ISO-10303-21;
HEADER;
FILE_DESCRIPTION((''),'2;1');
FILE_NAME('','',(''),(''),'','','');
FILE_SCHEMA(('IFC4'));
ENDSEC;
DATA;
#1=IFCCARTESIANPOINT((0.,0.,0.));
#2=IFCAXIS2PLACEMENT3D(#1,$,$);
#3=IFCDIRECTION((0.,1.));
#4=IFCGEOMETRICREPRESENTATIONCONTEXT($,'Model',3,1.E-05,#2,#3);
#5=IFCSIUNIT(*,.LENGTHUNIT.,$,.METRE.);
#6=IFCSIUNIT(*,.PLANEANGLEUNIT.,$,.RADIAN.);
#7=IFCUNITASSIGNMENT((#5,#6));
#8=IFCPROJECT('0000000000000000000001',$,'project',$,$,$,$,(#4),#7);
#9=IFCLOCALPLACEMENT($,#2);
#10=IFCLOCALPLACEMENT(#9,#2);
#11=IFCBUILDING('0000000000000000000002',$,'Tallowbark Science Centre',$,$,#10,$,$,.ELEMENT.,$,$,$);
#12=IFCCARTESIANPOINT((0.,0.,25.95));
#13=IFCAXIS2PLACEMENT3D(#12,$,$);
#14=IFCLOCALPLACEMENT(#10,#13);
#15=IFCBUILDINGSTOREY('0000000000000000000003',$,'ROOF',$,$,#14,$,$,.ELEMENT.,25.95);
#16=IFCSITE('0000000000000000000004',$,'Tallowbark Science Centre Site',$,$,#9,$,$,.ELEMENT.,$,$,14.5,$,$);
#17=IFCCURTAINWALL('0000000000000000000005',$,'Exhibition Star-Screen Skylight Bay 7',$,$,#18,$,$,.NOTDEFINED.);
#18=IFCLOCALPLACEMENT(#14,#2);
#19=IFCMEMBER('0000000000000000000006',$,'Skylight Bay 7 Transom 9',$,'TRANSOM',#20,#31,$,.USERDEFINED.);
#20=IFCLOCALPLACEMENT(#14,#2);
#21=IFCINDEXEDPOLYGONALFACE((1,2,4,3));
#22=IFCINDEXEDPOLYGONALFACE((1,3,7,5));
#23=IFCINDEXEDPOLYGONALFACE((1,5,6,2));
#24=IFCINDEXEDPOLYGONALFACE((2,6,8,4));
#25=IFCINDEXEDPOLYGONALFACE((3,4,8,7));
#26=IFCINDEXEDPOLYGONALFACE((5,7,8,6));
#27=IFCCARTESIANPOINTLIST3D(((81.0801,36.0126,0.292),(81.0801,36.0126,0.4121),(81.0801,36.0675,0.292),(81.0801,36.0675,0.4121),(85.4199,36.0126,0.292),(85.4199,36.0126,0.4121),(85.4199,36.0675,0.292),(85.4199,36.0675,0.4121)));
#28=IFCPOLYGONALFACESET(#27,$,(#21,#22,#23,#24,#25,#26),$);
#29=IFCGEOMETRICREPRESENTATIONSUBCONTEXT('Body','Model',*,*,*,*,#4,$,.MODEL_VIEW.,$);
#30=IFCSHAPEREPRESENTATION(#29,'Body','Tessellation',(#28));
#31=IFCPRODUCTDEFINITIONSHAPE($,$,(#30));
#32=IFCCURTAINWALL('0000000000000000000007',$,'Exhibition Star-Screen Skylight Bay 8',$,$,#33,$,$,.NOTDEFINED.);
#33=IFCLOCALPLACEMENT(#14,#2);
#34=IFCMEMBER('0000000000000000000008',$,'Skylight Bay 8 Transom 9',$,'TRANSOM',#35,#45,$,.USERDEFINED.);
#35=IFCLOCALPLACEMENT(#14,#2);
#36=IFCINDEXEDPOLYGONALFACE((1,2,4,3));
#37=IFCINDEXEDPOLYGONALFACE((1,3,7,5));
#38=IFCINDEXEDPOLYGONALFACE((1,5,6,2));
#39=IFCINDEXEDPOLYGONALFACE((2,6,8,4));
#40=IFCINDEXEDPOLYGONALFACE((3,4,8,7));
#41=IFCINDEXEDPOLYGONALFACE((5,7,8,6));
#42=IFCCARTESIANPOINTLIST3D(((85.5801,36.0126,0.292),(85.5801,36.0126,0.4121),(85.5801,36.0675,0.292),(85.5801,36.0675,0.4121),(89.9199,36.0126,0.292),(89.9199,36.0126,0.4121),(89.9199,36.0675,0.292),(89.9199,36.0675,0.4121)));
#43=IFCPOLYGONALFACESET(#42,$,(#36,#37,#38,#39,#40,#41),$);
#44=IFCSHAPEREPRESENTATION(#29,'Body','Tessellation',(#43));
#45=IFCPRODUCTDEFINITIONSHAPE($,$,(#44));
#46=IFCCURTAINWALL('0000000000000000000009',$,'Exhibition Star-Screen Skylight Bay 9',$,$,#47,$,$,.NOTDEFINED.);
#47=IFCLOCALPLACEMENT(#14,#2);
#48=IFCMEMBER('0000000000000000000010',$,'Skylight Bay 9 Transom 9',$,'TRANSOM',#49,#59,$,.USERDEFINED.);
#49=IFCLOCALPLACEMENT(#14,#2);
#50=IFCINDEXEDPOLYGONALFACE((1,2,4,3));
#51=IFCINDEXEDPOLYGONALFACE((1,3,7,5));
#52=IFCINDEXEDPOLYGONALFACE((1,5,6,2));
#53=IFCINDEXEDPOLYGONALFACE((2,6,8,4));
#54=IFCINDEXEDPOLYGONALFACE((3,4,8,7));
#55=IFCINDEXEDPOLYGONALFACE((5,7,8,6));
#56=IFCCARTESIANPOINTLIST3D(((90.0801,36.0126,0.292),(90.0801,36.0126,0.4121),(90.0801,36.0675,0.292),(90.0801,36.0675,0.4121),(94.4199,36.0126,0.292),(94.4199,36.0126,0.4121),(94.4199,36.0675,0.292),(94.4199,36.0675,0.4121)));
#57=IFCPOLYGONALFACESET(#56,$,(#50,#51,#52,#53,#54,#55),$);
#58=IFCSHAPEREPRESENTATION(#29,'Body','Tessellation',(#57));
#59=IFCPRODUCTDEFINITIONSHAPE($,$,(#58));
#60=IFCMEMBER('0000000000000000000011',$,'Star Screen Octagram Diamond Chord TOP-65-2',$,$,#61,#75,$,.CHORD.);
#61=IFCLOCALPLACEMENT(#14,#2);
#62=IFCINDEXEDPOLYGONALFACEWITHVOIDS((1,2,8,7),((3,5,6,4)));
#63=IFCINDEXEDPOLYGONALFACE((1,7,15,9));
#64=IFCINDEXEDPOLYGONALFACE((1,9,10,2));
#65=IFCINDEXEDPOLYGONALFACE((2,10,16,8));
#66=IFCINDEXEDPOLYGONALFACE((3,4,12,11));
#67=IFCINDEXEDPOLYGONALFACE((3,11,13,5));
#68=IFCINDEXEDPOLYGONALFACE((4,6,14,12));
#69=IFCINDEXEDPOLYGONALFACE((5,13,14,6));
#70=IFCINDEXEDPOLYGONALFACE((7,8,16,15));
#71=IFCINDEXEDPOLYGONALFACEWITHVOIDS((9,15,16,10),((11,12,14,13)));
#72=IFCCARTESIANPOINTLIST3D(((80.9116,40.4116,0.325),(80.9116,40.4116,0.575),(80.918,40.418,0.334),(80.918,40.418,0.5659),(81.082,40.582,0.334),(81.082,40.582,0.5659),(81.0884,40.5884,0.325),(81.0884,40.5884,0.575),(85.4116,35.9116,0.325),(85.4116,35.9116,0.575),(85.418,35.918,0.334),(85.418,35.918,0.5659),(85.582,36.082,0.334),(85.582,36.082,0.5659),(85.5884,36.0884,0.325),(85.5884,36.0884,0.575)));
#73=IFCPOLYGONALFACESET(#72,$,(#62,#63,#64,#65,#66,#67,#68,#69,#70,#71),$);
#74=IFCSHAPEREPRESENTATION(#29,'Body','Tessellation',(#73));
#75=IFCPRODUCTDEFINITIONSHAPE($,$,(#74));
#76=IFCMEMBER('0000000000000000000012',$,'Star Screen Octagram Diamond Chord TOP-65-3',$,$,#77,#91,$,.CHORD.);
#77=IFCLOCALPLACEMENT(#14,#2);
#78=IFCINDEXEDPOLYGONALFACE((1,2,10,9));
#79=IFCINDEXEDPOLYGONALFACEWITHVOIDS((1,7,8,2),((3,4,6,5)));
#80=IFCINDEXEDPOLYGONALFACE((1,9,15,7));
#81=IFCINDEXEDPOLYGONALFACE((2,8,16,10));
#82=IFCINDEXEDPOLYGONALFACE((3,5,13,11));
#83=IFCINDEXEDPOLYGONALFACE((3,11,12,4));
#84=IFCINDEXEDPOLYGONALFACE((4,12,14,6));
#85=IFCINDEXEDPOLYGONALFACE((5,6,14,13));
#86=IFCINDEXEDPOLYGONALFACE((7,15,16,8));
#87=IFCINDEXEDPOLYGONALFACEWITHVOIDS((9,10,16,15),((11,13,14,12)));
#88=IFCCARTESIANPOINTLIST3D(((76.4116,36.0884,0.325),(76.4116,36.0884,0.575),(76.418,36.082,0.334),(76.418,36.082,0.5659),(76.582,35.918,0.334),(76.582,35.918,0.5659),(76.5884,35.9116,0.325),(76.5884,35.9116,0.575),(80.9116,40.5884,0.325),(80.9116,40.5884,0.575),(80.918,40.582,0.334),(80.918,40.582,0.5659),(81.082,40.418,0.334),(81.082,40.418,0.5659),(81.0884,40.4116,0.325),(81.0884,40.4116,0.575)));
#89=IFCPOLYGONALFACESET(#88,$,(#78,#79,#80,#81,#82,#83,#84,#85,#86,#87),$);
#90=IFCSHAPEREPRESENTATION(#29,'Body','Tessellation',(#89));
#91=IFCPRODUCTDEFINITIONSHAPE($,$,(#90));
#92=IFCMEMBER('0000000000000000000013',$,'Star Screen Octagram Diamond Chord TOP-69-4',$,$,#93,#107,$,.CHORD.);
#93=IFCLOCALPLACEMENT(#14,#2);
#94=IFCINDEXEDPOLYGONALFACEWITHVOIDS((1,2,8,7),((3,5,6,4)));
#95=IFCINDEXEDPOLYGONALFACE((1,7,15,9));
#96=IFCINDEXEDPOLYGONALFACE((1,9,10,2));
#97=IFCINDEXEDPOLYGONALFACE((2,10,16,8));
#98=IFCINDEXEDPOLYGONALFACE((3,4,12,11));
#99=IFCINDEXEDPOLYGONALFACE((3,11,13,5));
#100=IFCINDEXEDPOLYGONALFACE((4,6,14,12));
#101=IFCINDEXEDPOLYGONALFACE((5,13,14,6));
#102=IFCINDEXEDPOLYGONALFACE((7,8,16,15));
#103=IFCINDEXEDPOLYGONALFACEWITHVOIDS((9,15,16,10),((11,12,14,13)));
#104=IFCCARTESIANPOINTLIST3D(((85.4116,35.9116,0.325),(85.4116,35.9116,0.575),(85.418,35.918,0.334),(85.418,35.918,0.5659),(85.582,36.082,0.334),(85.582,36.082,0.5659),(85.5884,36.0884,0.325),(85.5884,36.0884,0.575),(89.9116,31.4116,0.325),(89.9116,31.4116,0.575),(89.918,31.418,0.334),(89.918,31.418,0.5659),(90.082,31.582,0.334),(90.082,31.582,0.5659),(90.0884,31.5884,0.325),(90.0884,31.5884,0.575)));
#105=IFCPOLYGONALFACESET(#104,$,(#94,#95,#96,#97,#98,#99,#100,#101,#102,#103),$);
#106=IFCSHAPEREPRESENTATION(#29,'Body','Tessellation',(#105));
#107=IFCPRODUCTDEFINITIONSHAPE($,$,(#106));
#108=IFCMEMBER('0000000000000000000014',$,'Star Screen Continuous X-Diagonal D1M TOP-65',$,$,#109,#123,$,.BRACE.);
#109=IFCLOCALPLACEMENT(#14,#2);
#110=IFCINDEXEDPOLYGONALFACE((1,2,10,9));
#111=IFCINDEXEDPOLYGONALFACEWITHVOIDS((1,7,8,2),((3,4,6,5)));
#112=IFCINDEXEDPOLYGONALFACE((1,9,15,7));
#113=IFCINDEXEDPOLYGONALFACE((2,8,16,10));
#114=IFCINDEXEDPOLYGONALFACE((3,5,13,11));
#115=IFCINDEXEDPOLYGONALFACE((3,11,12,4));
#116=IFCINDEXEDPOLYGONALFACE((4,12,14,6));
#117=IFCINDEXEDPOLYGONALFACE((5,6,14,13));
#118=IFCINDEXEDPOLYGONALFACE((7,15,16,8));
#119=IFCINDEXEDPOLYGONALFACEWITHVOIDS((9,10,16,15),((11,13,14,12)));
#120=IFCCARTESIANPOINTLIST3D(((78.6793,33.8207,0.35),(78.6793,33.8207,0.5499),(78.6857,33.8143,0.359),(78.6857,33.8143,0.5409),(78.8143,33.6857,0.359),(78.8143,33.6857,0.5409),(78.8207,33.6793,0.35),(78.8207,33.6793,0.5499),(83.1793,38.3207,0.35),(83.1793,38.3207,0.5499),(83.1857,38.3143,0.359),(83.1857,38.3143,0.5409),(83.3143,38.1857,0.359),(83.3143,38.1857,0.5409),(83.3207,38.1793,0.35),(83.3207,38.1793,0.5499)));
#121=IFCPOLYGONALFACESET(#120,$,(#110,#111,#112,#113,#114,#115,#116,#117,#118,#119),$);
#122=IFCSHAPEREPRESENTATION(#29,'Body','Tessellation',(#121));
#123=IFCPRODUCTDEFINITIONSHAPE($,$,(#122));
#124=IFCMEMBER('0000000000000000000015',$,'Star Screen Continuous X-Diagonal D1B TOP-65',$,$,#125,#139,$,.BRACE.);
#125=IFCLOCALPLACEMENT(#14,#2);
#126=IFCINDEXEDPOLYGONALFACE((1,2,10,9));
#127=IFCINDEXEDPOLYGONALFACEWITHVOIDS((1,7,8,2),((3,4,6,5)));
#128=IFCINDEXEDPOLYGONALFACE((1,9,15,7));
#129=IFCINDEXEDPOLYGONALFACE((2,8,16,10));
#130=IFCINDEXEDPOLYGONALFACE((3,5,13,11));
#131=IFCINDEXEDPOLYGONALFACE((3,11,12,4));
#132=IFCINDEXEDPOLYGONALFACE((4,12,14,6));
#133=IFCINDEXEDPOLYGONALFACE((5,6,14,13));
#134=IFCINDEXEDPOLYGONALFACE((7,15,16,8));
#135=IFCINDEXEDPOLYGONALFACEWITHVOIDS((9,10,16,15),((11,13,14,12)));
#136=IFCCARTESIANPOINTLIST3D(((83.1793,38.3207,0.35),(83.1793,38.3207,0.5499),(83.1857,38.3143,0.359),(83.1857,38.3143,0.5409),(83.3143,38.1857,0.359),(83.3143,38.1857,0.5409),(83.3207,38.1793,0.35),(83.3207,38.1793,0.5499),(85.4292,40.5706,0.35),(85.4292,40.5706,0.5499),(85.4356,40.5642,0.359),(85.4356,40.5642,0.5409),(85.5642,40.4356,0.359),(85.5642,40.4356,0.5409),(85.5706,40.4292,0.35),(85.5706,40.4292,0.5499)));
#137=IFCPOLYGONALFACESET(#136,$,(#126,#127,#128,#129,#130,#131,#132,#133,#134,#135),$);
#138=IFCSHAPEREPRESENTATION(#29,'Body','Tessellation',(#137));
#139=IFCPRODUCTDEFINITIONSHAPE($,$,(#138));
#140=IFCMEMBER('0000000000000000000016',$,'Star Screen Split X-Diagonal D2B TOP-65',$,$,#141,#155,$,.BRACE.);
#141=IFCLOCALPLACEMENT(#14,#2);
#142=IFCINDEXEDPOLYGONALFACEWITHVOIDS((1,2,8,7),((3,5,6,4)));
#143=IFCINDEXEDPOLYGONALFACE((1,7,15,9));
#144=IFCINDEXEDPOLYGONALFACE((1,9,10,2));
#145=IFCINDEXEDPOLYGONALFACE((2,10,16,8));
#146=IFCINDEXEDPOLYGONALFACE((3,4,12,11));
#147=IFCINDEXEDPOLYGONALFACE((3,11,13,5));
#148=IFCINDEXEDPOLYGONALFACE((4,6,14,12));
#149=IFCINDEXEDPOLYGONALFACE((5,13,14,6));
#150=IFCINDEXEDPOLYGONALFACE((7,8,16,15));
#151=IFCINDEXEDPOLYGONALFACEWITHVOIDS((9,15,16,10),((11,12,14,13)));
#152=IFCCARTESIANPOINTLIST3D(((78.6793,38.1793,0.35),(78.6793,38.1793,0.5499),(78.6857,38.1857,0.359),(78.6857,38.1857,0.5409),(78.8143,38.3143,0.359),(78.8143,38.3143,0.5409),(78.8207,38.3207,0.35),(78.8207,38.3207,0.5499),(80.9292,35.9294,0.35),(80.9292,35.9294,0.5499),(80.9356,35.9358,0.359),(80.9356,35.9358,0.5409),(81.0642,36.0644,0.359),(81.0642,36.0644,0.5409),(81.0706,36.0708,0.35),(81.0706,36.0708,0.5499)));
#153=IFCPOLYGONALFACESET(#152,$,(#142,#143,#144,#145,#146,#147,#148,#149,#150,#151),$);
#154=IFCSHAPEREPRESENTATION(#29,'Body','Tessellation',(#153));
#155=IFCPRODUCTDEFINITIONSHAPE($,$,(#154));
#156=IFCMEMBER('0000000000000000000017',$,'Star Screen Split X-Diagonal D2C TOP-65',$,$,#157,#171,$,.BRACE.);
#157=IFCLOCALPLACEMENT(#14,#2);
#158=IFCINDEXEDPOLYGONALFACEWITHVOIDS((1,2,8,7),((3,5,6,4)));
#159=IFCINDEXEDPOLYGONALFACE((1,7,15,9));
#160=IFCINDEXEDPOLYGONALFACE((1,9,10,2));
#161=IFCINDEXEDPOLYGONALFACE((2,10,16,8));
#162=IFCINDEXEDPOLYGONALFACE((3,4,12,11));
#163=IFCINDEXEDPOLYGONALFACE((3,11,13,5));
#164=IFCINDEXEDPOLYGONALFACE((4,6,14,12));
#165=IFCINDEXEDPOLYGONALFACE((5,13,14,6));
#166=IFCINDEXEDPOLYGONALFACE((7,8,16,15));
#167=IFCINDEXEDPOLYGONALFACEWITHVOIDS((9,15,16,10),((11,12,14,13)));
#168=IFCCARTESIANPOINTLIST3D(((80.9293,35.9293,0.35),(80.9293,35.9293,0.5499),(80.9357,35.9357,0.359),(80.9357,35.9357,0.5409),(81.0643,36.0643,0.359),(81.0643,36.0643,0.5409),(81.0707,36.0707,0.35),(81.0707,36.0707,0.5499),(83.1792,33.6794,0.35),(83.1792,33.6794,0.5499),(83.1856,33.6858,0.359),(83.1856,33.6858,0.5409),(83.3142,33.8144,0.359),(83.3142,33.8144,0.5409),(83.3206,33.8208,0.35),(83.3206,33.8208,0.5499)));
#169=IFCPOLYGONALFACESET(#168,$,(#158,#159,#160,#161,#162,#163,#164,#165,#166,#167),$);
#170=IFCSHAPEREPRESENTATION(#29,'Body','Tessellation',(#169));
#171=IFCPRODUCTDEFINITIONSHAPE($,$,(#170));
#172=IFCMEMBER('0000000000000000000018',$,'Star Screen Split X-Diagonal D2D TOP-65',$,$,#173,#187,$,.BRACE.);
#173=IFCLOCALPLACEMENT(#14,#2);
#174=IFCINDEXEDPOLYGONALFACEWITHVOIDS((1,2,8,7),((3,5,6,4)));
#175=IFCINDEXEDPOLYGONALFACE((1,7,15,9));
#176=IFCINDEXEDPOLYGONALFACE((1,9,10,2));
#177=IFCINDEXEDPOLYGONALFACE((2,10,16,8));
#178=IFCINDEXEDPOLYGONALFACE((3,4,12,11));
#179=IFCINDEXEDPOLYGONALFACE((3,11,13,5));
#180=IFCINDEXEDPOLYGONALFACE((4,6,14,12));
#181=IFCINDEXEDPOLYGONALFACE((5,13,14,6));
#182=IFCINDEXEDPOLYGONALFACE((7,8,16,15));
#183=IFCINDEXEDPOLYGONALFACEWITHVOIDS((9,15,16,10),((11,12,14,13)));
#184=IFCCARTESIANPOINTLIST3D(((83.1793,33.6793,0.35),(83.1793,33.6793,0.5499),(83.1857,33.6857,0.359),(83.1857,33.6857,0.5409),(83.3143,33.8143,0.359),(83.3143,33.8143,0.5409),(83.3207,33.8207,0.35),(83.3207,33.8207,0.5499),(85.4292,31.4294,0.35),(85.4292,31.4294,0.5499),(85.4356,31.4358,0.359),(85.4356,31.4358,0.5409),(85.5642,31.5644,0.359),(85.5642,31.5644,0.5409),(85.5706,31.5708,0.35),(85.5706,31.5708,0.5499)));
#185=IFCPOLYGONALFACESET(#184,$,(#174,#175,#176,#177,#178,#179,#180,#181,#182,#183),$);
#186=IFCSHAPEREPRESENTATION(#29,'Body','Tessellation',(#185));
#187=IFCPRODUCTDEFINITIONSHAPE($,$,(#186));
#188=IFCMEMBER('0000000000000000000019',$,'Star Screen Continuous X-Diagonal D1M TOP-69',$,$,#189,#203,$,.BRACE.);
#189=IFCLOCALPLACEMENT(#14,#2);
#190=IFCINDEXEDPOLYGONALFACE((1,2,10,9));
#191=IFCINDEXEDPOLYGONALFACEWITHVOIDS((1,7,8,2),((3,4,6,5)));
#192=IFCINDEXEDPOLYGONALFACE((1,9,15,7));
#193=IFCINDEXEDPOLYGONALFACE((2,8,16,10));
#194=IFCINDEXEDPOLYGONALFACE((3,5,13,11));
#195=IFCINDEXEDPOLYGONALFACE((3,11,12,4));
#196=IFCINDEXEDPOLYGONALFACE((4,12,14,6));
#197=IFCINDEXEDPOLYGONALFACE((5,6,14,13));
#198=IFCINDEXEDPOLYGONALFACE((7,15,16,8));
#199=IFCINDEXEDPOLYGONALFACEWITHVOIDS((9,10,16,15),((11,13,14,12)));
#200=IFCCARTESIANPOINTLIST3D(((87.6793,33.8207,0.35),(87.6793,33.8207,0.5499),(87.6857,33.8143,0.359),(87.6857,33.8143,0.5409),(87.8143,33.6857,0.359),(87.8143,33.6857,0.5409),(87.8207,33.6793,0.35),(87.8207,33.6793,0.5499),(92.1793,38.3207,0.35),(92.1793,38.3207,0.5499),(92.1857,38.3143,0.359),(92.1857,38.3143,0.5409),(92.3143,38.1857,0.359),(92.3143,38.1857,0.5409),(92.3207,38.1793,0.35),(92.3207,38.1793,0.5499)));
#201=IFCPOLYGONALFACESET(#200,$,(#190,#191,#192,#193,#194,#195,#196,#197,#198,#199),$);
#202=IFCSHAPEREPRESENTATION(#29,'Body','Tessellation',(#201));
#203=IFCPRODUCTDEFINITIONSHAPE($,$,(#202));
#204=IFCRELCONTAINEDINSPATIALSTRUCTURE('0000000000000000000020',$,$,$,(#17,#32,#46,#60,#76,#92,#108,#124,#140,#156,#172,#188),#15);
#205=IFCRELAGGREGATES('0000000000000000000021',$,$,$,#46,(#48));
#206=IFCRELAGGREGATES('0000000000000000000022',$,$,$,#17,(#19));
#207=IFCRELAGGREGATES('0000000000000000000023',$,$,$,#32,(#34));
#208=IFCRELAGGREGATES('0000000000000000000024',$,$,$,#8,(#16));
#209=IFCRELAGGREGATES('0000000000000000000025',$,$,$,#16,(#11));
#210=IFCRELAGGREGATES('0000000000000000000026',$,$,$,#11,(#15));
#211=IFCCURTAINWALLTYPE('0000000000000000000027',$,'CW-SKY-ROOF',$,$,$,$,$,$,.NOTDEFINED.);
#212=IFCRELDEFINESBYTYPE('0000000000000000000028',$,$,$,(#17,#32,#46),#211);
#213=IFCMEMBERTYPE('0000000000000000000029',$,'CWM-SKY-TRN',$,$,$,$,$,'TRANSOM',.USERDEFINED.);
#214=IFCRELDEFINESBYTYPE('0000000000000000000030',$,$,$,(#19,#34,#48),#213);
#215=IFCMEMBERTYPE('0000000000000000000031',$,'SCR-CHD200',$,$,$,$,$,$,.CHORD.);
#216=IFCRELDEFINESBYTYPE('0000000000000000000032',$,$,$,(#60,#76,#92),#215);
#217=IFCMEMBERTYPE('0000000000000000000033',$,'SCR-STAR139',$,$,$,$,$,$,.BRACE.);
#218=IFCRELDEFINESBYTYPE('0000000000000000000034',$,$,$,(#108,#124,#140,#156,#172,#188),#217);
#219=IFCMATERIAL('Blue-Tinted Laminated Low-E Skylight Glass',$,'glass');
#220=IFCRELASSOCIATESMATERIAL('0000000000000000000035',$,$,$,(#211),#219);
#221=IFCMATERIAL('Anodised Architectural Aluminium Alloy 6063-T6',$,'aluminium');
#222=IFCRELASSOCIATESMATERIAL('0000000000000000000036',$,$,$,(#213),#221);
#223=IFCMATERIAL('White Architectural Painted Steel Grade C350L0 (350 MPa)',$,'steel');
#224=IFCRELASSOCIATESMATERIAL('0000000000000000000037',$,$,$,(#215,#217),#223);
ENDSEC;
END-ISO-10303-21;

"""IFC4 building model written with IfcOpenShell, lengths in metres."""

from ifc_helpers import new_model, si_unit, direction, frame, origin, origin_2d, place, context, subcontext, project, spatial, rectangle, hollow_rectangle, extrude, material, material_profile, profile_set, type_object, element, aggregate, save


model = new_model("IFC4")

# Units and contexts
model_context = context("Model", 3, precision=1e-05, world=origin(), true_north=direction((0.0, 1.0)))
body_context = subcontext(model_context, "Body", "Model", "MODEL_VIEW")
ifc_project = project(units=[si_unit("LENGTHUNIT", "METRE"), si_unit("PLANEANGLEUNIT", "RADIAN")], contexts=[model_context])

# Site, building, storey
site_placement = place(None, origin())
site = spatial("IfcSite", under=ifc_project, at=site_placement, Name="Tallowbark Science Centre Site", CompositionType="ELEMENT", RefElevation=14.5)
building_placement = place(site_placement, origin())
building = spatial("IfcBuilding", under=site, at=building_placement, Name="Tallowbark Science Centre", CompositionType="ELEMENT")
storey_placement = place(building_placement, frame((0.0, 0.0, 25.95)))
storey = spatial("IfcBuildingStorey", under=building, at=storey_placement, Name="ROOF", CompositionType="ELEMENT", Elevation=25.95)

# Curtain walls, members
ifc_material_1 = material(Name="Blue-Tinted Laminated Low-E Skylight Glass", Category="glass")
curtain_wall_type = type_object("IfcCurtainWallType", Name="CW-SKY-ROOF", PredefinedType="NOTDEFINED", material=ifc_material_1)
curtain_wall_1_placement = place(storey_placement, origin())
curtain_wall_1 = element("IfcCurtainWall", 1, at=curtain_wall_1_placement, inside=storey, type_object=curtain_wall_type, Name="Exhibition Star-Screen Skylight Bay 7", PredefinedType="NOTDEFINED")
ifc_material_2 = material(Name="Anodised Architectural Aluminium Alloy 6063-T6", Category="aluminium")
ifc_material_profile_1 = material_profile(ifc_material_2, rectangle(XDim=0.0549, YDim=0.1201, at=origin_2d()), Name="ALU55x120")
ifc_profile_set_1 = profile_set([ifc_material_profile_1], Name="Anodised Architectural Aluminium Alloy 6063-T6")
member_type_1 = type_object("IfcMemberType", Name="CWM-SKY-TRN", ElementType="TRANSOM", PredefinedType="USERDEFINED", material=ifc_profile_set_1)
member_1_placement = place(storey_placement, frame((81.0801, 36.04, 0.3521), z_axis=(1.0, 0.0, 0.0), x_axis=(0.0, 1.0, 0.0)))
member_1 = element("IfcMember", 2, at=member_1_placement, type_object=member_type_1, Name="Skylight Bay 7 Transom 9", ObjectType="TRANSOM", PredefinedType="USERDEFINED", context=body_context, shape_type="SweptSolid", body=[
    extrude(rectangle(XDim=0.0549, YDim=0.1201, at=origin_2d()), origin(), (0.0, 0.0, 1.0), 4.3398),
])
curtain_wall_2_placement = place(storey_placement, origin())
curtain_wall_2 = element("IfcCurtainWall", 3, at=curtain_wall_2_placement, inside=storey, type_object=curtain_wall_type, Name="Exhibition Star-Screen Skylight Bay 8", PredefinedType="NOTDEFINED")
member_2_placement = place(storey_placement, frame((85.5801, 36.04, 0.3521), z_axis=(1.0, 0.0, 0.0), x_axis=(0.0, 1.0, 0.0)))
member_2 = element("IfcMember", 4, at=member_2_placement, type_object=member_type_1, Name="Skylight Bay 8 Transom 9", ObjectType="TRANSOM", PredefinedType="USERDEFINED", context=body_context, shape_type="SweptSolid", body=[
    extrude(rectangle(XDim=0.0549, YDim=0.1201, at=origin_2d()), origin(), (0.0, 0.0, 1.0), 4.3398),
])
curtain_wall_3_placement = place(storey_placement, origin())
curtain_wall_3 = element("IfcCurtainWall", 5, at=curtain_wall_3_placement, inside=storey, type_object=curtain_wall_type, Name="Exhibition Star-Screen Skylight Bay 9", PredefinedType="NOTDEFINED")
member_3_placement = place(storey_placement, frame((90.0801, 36.04, 0.3521), z_axis=(1.0, 0.0, 0.0), x_axis=(0.0, 1.0, 0.0)))
member_3 = element("IfcMember", 6, at=member_3_placement, type_object=member_type_1, Name="Skylight Bay 9 Transom 9", ObjectType="TRANSOM", PredefinedType="USERDEFINED", context=body_context, shape_type="SweptSolid", body=[
    extrude(rectangle(XDim=0.0549, YDim=0.1201, at=origin_2d()), origin(), (0.0, 0.0, 1.0), 4.3398),
])
aggregate(curtain_wall_3, [member_3])

# Members
ifc_material_3 = material(Name="White Architectural Painted Steel Grade C350L0 (350 MPa)", Category="steel")
ifc_material_profile_2 = material_profile(ifc_material_3, hollow_rectangle(XDim=0.25, YDim=0.25, WallThickness=0.009, at=origin_2d()), Name="250x250x9.0SHS")
ifc_profile_set_2 = profile_set([ifc_material_profile_2], Name="White Architectural Painted Steel Grade C350L0 (350 MPa)")
member_type_2 = type_object("IfcMemberType", Name="SCR-CHD200", PredefinedType="CHORD", material=ifc_profile_set_2)
for number, where, z_axis, x_axis, name in (
    (7, (85.5, 36.0, 0.45), (-0.707107, 0.707107, 0.0), (-0.707107, -0.707107, 0.0), "Star Screen Octagram Diamond Chord TOP-65-2"),
    (8, (81.0, 40.5, 0.45), (-0.707107, -0.707107, 0.0), (0.707107, -0.707107, 0.0), "Star Screen Octagram Diamond Chord TOP-65-3"),
    (9, (85.5, 36.0, 0.45), (0.707107, -0.707107, 0.0), (0.707107, 0.707107, 0.0), "Star Screen Octagram Diamond Chord TOP-69-4"),
):
    element("IfcMember", number, at=place(storey_placement, frame(where, z_axis=z_axis, x_axis=x_axis)), inside=storey, type_object=member_type_2, Name=name, PredefinedType="CHORD", context=body_context, shape_type="SweptSolid", body=[
        extrude(hollow_rectangle(XDim=0.25, YDim=0.25, WallThickness=0.009, at=origin_2d()), origin(), (0.0, 0.0, 1.0), 6.364),
    ])
ifc_material_profile_3 = material_profile(ifc_material_3, hollow_rectangle(XDim=0.2, YDim=0.2, WallThickness=0.009, at=origin_2d()), Name="200x200x9.0SHS")
ifc_profile_set_3 = profile_set([ifc_material_profile_3], Name="White Architectural Painted Steel Grade C350L0 (350 MPa)")
member_type_3 = type_object("IfcMemberType", Name="SCR-STAR139", PredefinedType="BRACE", material=ifc_profile_set_3)
member_4_placement = place(storey_placement, frame((78.75, 33.75, 0.45), z_axis=(0.707107, 0.707107, 0.0), x_axis=(-0.707107, 0.707107, 0.0)))
element("IfcMember", 10, at=member_4_placement, inside=storey, type_object=member_type_3, Name="Star Screen Continuous X-Diagonal D1M TOP-65", PredefinedType="BRACE", context=body_context, shape_type="SweptSolid", body=[
    extrude(hollow_rectangle(XDim=0.2, YDim=0.2, WallThickness=0.009, at=origin_2d()), origin(), (0.0, 0.0, 1.0), 6.364),
])
for number, where, z_axis, x_axis, name in (
    (11, (83.25, 38.25, 0.45), (0.707107, 0.707107, 0.0), (-0.707107, 0.707107, 0.0), "Star Screen Continuous X-Diagonal D1B TOP-65"),
    (12, (78.75, 38.25, 0.45), (0.707107, -0.707107, 0.0), (0.707107, 0.707107, 0.0), "Star Screen Split X-Diagonal D2B TOP-65"),
    (13, (81.0, 36.0, 0.45), (0.707107, -0.707107, 0.0), (0.707107, 0.707107, 0.0), "Star Screen Split X-Diagonal D2C TOP-65"),
    (14, (83.25, 33.75, 0.45), (0.707107, -0.707107, 0.0), (0.707107, 0.707107, 0.0), "Star Screen Split X-Diagonal D2D TOP-65"),
):
    element("IfcMember", number, at=place(storey_placement, frame(where, z_axis=z_axis, x_axis=x_axis)), inside=storey, type_object=member_type_3, Name=name, PredefinedType="BRACE", context=body_context, shape_type="SweptSolid", body=[
        extrude(hollow_rectangle(XDim=0.2, YDim=0.2, WallThickness=0.009, at=origin_2d()), origin(), (0.0, 0.0, 1.0), 3.1819),
    ])
member_5_placement = place(storey_placement, frame((87.75, 33.75, 0.45), z_axis=(0.707107, 0.707107, 0.0), x_axis=(-0.707107, 0.707107, 0.0)))
element("IfcMember", 15, at=member_5_placement, inside=storey, type_object=member_type_3, Name="Star Screen Continuous X-Diagonal D1M TOP-69", PredefinedType="BRACE", context=body_context, shape_type="SweptSolid", body=[
    extrude(hollow_rectangle(XDim=0.2, YDim=0.2, WallThickness=0.009, at=origin_2d()), origin(), (0.0, 0.0, 1.0), 6.364),
])

aggregate(curtain_wall_1, [member_1])
aggregate(curtain_wall_2, [member_2])

save(model, "model.ifc")
